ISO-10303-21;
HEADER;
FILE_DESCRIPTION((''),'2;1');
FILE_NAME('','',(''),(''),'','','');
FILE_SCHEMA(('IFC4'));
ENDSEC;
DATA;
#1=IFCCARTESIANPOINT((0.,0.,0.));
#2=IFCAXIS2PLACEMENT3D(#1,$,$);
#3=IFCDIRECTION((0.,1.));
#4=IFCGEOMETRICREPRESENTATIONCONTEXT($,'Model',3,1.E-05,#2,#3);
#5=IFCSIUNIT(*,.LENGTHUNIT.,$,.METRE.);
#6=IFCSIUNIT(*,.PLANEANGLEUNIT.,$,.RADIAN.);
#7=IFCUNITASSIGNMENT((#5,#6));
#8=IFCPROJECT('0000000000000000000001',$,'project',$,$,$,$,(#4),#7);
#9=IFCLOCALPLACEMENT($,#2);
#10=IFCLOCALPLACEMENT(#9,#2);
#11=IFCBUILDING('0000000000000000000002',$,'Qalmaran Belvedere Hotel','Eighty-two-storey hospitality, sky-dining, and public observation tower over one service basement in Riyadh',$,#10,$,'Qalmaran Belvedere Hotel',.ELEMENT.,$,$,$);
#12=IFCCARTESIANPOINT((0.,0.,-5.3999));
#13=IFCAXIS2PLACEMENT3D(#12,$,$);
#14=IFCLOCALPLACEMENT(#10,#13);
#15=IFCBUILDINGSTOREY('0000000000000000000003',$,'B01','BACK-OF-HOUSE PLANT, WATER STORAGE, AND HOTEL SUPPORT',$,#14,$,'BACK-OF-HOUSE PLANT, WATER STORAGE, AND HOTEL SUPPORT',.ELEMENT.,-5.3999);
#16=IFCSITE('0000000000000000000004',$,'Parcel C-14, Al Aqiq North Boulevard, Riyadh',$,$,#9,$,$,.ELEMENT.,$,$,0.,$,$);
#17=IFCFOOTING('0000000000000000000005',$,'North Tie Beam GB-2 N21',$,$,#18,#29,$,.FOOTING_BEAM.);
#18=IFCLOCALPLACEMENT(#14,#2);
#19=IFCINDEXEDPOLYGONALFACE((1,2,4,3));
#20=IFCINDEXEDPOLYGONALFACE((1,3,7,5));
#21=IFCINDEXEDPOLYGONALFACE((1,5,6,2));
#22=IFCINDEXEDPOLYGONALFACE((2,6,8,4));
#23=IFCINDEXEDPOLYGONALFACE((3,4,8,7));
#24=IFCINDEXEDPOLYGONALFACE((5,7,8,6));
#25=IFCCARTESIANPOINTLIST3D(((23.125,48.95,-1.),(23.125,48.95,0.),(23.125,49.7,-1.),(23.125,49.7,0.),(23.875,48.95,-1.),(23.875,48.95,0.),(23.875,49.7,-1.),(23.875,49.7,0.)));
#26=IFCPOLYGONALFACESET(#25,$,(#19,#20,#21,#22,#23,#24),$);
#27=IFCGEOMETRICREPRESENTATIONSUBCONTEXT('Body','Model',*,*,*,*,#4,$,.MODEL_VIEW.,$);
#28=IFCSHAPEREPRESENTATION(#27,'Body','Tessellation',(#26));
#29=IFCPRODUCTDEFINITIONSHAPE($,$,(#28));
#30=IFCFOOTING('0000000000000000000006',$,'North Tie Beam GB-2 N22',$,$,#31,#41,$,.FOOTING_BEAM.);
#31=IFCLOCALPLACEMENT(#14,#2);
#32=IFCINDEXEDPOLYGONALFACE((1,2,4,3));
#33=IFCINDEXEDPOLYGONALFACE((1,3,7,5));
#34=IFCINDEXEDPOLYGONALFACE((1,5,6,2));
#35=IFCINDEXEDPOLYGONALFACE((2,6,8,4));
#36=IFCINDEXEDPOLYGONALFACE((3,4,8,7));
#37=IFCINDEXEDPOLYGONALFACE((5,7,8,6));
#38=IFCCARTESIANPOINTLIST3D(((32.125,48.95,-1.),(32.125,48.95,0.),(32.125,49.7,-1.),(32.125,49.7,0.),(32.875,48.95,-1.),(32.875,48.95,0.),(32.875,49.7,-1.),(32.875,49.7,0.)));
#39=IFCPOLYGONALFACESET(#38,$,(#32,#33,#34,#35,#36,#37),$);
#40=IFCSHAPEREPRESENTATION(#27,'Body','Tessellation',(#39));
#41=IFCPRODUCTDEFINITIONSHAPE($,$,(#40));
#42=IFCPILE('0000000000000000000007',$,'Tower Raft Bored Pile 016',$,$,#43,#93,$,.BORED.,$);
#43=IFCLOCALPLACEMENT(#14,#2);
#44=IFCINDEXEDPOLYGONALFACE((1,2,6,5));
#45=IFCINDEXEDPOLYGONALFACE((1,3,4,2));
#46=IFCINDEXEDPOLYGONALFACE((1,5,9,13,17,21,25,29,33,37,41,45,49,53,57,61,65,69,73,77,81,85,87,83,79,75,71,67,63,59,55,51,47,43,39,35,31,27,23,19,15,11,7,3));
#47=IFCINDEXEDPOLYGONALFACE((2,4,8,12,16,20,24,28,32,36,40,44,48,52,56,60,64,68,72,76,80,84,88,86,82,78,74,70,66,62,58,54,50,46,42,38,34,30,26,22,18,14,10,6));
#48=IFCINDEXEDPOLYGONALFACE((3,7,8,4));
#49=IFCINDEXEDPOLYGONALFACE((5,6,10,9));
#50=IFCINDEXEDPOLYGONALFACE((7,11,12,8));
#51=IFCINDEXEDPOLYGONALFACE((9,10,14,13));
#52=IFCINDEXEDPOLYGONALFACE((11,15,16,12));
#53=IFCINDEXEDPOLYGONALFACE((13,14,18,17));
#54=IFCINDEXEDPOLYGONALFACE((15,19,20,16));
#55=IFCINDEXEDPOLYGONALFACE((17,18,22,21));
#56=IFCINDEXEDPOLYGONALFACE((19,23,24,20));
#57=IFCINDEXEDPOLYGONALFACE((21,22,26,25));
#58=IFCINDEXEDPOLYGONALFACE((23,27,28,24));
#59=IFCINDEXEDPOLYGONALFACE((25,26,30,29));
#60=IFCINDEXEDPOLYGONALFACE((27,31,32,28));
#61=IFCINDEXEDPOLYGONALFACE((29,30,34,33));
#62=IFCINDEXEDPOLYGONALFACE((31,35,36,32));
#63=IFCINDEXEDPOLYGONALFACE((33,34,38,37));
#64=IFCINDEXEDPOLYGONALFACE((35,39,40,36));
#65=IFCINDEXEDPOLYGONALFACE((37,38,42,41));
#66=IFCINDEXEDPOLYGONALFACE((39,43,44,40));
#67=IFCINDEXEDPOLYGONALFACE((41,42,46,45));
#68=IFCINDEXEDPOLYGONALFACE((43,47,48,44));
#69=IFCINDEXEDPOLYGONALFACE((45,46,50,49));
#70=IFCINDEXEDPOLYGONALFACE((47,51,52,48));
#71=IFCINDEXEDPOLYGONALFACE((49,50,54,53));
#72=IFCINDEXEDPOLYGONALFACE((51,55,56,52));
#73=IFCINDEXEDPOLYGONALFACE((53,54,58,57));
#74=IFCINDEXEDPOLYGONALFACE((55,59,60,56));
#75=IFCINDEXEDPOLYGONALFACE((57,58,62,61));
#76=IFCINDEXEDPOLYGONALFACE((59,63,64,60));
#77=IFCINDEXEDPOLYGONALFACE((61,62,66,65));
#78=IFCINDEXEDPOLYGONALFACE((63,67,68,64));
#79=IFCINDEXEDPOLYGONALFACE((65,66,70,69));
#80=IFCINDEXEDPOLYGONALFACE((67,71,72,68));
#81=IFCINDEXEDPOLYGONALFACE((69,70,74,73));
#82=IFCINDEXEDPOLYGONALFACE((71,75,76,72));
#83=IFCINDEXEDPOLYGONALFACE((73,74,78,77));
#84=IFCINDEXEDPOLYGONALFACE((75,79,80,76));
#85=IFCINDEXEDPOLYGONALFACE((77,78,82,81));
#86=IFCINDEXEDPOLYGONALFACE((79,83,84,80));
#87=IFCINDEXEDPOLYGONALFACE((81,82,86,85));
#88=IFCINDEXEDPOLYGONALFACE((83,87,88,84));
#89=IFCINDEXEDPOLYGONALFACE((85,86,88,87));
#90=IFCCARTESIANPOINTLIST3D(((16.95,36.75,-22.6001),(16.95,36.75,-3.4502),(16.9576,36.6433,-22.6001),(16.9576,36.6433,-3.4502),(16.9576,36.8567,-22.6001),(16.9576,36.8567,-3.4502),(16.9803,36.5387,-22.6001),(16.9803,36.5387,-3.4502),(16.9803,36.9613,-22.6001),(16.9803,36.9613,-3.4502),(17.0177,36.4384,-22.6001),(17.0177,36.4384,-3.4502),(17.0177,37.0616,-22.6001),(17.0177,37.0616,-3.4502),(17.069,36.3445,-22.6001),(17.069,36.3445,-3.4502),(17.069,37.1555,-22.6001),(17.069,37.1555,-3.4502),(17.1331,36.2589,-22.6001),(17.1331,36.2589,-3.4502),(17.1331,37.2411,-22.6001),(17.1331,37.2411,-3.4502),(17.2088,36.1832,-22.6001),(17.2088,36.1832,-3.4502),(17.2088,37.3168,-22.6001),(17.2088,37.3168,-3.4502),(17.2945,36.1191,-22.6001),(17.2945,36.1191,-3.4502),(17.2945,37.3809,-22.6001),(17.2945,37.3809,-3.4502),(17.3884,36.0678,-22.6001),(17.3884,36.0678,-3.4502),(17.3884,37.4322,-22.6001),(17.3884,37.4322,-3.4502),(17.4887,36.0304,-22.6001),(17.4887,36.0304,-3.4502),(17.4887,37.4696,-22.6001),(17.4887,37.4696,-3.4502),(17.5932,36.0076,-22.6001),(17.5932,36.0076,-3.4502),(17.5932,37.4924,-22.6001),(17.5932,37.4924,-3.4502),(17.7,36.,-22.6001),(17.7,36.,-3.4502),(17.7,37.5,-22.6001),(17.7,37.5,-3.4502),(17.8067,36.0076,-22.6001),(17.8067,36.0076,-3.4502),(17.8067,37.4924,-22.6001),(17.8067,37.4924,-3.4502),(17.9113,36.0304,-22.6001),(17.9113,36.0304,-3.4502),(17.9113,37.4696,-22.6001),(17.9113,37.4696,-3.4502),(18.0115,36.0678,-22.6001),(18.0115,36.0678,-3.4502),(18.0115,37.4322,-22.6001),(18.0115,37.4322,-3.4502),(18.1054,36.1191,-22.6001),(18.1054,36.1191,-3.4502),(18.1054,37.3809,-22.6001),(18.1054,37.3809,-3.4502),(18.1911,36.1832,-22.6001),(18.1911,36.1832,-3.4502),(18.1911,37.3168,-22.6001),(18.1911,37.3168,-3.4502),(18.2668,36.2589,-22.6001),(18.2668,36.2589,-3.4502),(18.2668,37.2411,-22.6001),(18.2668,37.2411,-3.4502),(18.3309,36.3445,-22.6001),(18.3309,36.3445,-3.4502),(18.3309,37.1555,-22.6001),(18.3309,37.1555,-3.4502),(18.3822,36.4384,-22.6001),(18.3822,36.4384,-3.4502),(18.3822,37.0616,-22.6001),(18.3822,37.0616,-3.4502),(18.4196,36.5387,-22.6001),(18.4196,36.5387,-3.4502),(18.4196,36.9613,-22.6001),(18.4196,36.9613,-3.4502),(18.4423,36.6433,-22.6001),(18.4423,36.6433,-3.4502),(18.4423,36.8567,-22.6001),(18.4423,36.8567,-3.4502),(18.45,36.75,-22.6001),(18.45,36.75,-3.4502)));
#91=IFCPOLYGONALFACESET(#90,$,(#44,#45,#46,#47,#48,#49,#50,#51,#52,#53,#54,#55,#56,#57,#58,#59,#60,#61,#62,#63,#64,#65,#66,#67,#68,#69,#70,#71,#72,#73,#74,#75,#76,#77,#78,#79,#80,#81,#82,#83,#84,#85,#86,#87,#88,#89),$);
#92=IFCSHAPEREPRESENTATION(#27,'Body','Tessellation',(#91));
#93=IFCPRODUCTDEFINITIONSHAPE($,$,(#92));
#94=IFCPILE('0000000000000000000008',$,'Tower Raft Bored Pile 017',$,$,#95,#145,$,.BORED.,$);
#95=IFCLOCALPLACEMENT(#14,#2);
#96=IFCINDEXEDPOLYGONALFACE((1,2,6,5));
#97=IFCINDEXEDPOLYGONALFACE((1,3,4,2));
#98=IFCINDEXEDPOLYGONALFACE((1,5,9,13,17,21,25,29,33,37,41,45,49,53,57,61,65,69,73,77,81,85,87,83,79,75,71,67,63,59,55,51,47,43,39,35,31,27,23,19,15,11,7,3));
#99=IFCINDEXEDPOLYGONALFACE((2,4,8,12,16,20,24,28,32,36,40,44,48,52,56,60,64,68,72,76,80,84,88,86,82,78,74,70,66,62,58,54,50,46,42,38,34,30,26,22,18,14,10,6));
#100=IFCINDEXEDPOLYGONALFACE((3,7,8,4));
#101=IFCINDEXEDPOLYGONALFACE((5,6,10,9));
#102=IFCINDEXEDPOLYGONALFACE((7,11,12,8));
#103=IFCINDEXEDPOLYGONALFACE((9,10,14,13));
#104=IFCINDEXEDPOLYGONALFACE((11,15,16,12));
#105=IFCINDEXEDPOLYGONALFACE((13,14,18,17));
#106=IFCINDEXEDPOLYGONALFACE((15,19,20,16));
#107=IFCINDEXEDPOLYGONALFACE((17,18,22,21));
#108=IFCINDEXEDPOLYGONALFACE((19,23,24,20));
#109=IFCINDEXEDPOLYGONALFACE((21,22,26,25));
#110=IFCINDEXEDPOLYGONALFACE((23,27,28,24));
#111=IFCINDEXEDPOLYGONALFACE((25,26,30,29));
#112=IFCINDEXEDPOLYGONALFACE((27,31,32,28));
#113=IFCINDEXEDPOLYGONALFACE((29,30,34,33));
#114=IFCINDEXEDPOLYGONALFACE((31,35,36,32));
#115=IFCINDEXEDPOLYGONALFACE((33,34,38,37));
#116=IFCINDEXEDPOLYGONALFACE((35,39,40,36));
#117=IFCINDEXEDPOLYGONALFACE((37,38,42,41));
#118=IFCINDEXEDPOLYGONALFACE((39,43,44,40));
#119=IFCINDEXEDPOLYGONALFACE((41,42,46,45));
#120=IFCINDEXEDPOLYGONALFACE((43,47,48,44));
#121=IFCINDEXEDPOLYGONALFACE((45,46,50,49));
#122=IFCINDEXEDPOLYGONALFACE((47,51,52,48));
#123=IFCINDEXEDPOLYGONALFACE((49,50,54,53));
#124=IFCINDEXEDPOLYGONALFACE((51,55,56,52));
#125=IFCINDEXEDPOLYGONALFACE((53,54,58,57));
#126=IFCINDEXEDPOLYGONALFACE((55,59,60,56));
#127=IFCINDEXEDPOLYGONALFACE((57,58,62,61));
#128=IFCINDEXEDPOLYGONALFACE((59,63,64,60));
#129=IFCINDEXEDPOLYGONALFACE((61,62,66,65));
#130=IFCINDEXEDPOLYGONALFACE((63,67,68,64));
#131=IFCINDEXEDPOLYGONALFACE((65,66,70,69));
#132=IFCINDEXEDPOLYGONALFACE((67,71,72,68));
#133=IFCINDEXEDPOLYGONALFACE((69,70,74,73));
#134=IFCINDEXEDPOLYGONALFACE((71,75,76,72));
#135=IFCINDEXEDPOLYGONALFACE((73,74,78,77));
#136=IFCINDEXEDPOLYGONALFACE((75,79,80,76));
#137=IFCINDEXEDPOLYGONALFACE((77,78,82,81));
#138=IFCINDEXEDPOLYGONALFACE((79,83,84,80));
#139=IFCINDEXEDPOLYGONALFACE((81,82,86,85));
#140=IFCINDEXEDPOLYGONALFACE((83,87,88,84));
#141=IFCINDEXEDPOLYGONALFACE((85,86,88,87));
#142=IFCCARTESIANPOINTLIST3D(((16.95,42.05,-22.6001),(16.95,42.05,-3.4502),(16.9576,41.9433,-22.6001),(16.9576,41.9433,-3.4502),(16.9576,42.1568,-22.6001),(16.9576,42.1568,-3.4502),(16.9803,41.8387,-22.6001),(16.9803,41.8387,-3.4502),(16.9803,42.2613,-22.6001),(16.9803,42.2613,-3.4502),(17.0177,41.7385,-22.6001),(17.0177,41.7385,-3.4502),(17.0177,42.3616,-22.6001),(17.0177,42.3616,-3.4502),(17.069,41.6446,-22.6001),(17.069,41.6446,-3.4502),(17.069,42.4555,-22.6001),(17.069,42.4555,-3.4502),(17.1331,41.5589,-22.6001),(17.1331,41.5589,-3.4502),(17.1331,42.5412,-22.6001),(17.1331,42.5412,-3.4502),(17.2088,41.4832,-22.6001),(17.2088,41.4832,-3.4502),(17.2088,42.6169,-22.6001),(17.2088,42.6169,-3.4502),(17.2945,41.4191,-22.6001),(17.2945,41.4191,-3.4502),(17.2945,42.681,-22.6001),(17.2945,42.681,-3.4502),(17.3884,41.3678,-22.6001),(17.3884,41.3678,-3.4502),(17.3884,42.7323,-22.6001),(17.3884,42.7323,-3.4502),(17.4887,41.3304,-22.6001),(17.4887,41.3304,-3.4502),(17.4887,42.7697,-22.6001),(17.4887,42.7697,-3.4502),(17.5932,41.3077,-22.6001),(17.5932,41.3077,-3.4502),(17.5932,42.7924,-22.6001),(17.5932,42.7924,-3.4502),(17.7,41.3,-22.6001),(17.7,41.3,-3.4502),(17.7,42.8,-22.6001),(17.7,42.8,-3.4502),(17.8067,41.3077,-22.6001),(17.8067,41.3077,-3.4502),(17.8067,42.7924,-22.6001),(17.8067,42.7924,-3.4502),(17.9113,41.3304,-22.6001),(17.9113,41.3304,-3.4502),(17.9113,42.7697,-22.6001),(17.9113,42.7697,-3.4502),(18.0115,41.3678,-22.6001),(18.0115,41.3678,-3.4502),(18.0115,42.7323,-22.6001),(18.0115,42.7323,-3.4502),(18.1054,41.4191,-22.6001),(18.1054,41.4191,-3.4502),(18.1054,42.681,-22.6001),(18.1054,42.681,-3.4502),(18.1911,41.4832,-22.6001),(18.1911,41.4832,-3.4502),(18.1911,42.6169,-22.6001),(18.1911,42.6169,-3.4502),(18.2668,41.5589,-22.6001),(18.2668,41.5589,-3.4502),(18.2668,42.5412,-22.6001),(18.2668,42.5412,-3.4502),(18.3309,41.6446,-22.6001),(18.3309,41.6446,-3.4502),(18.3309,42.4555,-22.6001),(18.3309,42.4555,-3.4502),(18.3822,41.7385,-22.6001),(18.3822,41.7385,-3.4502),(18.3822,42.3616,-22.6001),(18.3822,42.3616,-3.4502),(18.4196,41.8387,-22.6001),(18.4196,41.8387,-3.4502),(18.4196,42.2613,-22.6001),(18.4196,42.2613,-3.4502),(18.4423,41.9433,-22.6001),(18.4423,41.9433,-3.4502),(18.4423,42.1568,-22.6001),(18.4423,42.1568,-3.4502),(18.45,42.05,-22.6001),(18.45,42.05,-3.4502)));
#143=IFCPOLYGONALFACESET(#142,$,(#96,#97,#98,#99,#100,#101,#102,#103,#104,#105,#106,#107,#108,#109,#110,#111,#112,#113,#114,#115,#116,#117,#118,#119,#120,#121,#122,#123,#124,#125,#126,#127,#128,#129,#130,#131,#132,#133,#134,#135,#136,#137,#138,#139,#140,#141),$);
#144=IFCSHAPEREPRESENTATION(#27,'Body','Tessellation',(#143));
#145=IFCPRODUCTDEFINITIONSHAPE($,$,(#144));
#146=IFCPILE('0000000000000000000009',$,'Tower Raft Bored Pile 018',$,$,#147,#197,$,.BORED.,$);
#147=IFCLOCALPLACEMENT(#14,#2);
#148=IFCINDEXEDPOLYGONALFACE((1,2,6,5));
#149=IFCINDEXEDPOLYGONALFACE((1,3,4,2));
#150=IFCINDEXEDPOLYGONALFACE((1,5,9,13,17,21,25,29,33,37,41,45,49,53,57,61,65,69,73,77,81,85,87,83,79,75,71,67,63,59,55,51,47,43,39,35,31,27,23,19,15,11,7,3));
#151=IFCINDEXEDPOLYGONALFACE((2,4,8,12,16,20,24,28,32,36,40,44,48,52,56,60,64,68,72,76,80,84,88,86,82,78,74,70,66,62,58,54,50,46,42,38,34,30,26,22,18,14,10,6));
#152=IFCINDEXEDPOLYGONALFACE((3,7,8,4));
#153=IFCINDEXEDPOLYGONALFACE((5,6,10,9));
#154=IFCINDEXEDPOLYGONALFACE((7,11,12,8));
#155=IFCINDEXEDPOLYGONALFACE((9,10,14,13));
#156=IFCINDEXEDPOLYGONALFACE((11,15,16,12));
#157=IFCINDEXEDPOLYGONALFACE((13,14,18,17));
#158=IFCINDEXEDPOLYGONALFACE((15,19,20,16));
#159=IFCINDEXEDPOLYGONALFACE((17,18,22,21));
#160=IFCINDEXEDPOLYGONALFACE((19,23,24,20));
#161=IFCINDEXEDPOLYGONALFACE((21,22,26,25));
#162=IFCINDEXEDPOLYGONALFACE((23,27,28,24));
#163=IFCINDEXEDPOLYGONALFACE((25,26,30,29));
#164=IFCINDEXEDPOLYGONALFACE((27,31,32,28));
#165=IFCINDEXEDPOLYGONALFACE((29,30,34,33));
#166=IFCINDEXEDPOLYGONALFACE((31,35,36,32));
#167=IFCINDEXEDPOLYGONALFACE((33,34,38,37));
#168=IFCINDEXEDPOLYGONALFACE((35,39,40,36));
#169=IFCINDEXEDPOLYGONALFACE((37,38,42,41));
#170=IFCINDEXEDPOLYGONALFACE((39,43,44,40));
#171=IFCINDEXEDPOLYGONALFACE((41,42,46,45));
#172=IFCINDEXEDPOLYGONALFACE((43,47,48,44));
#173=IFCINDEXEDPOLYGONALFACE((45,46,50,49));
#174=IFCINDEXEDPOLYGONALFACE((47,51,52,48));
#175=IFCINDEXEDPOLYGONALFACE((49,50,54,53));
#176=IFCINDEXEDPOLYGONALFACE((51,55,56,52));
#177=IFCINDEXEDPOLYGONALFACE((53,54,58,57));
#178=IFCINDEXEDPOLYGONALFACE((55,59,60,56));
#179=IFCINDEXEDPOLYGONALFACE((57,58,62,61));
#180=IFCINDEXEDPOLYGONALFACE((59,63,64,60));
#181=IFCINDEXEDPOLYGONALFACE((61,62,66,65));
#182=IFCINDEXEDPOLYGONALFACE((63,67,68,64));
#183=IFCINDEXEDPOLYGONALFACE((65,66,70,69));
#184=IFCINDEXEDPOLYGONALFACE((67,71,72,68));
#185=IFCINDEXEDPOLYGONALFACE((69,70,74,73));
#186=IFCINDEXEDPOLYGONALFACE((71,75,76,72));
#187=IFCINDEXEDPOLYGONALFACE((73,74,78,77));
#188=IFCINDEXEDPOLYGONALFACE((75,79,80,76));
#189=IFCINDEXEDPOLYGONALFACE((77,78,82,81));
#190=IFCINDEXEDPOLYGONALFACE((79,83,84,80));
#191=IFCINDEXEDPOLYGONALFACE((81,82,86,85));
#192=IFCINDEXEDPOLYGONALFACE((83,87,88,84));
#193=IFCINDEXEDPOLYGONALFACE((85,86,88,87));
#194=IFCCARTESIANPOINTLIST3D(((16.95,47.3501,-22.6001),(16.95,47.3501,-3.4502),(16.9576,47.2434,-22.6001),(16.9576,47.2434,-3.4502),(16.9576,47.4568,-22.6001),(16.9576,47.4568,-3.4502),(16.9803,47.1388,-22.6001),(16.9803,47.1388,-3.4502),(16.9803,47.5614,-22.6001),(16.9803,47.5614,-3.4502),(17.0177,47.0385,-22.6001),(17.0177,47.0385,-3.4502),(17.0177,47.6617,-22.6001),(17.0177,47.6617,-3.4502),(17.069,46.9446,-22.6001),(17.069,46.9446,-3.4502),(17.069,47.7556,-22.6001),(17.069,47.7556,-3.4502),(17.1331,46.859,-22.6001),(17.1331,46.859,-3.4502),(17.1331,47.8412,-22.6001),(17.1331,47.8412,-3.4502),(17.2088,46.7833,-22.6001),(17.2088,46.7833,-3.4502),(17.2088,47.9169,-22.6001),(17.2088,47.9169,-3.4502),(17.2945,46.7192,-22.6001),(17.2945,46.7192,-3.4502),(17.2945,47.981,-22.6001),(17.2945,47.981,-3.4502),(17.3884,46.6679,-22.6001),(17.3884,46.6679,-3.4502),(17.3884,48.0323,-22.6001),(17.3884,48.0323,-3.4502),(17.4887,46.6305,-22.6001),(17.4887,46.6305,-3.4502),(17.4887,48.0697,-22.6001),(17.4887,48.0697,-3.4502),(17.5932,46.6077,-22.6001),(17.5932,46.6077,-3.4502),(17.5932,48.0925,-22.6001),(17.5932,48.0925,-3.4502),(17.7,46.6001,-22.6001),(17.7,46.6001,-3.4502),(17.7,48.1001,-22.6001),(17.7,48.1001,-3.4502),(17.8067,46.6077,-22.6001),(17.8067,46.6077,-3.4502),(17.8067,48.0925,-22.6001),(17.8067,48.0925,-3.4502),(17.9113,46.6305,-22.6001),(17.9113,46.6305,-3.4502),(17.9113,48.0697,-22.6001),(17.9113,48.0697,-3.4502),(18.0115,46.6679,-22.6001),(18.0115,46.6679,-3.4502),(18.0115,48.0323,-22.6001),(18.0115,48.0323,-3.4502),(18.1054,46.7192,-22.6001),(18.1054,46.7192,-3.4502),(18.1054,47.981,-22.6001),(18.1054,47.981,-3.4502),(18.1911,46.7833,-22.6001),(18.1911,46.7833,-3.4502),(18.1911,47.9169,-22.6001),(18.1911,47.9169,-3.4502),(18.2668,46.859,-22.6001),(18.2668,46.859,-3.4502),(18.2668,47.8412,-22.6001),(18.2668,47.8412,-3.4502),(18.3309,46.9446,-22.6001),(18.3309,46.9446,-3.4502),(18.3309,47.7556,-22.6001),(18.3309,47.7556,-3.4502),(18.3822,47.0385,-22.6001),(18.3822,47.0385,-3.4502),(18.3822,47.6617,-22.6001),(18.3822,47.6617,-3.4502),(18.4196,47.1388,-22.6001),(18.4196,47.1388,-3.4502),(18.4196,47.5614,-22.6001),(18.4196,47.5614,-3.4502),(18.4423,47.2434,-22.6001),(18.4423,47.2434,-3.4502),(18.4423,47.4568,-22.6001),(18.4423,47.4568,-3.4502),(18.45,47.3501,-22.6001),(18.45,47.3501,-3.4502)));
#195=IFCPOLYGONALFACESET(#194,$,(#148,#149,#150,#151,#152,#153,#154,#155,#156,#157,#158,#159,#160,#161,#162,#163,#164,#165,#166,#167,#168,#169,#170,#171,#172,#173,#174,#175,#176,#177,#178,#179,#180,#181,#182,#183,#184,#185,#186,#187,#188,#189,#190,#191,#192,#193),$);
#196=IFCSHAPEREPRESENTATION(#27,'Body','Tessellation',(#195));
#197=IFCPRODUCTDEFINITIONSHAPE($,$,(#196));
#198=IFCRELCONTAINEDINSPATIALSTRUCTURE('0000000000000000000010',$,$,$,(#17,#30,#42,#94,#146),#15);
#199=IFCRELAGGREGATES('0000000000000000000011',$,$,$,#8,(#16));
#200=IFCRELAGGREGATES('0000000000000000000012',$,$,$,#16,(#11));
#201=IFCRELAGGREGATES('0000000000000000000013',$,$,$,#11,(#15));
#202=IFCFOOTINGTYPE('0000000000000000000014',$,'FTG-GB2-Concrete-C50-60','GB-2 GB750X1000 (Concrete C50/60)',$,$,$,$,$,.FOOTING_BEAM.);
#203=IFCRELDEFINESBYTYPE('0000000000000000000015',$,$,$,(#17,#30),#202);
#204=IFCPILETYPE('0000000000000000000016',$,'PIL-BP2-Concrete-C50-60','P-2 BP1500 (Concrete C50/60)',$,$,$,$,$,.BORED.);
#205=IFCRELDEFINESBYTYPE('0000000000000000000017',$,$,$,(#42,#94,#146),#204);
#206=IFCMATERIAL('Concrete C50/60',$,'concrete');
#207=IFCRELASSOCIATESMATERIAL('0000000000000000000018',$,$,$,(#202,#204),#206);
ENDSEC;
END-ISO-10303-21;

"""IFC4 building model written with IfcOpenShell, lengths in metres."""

from ifc_helpers import new_model, si_unit, direction, frame, origin, origin_2d, place, context, subcontext, project, spatial, rectangle, circle, extrude, material, material_profile, profile_set, type_object, element, save


model = new_model("IFC4")

# Units and contexts
model_context = context("Model", 3, precision=1e-05, world=origin(), true_north=direction((0.0, 1.0)))
body_context = subcontext(model_context, "Body", "Model", "MODEL_VIEW")
ifc_project = project(units=[si_unit("LENGTHUNIT", "METRE"), si_unit("PLANEANGLEUNIT", "RADIAN")], contexts=[model_context])

# Site, building, storey
site_placement = place(None, origin())
site = spatial("IfcSite", under=ifc_project, at=site_placement, Name="Parcel C-14, Al Aqiq North Boulevard, Riyadh", CompositionType="ELEMENT", RefElevation=0.0)
building_placement = place(site_placement, origin())
building = spatial("IfcBuilding", under=site, at=building_placement, Name="Qalmaran Belvedere Hotel", Description="Eighty-two-storey hospitality, sky-dining, and public observation tower over one service basement in Riyadh", LongName="Qalmaran Belvedere Hotel", CompositionType="ELEMENT")
storey_placement = place(building_placement, frame((0.0, 0.0, -5.3999)))
storey = spatial("IfcBuildingStorey", under=building, at=storey_placement, Name="B01", Description="BACK-OF-HOUSE PLANT, WATER STORAGE, AND HOTEL SUPPORT", LongName="BACK-OF-HOUSE PLANT, WATER STORAGE, AND HOTEL SUPPORT", CompositionType="ELEMENT", Elevation=-5.3999)

# Footings
ifc_material_1 = material(Name="Concrete C50/60", Category="concrete")
ifc_material_profile_1 = material_profile(ifc_material_1, rectangle(XDim=0.75, YDim=1.0, at=origin_2d()), Name="GB750X1000")
ifc_profile_set_1 = profile_set([ifc_material_profile_1], Name="Concrete C50/60")
footing_type = type_object("IfcFootingType", Name="FTG-GB2-Concrete-C50-60", Description="GB-2 GB750X1000 (Concrete C50/60)", PredefinedType="FOOTING_BEAM", material=ifc_profile_set_1)
for number, where, z_axis, x_axis, name in (
    (1, (23.5, 48.95, -0.5), (0.0, 1.0, 0.0), (-1.0, 0.0, 0.0), "North Tie Beam GB-2 N21"),
    (2, (32.5, 48.95, -0.5), (0.0, 1.0, 0.0), (-1.0, 0.0, 0.0), "North Tie Beam GB-2 N22"),
):
    element("IfcFooting", number, at=place(storey_placement, frame(where, z_axis=z_axis, x_axis=x_axis)), inside=storey, type_object=footing_type, Name=name, PredefinedType="FOOTING_BEAM", context=body_context, shape_type="SweptSolid", body=[
        extrude(rectangle(XDim=0.75, YDim=1.0, at=origin_2d()), origin(), (0.0, 0.0, 1.0), 0.75),
    ])

# Piles
ifc_material_profile_2 = material_profile(ifc_material_1, circle(Radius=0.75, at=origin_2d()), Name="BP1500")
ifc_profile_set_2 = profile_set([ifc_material_profile_2], Name="Concrete C50/60")
pile_type = type_object("IfcPileType", Name="PIL-BP2-Concrete-C50-60", Description="P-2 BP1500 (Concrete C50/60)", PredefinedType="BORED", material=ifc_profile_set_2)
for number, where, z_axis, x_axis, name in (
    (3, (17.7, 36.75, -3.4502), (0.0, 0.0, -1.0), (1.0, 0.0, 0.0), "Tower Raft Bored Pile 016"),
    (4, (17.7, 42.05, -3.4502), (0.0, 0.0, -1.0), (1.0, 0.0, 0.0), "Tower Raft Bored Pile 017"),
    (5, (17.7, 47.3501, -3.4502), (0.0, 0.0, -1.0), (1.0, 0.0, 0.0), "Tower Raft Bored Pile 018"),
):
    element("IfcPile", number, at=place(storey_placement, frame(where, z_axis=z_axis, x_axis=x_axis)), inside=storey, type_object=pile_type, Name=name, PredefinedType="BORED", context=body_context, shape_type="SweptSolid", body=[
        extrude(circle(Radius=0.75, at=origin_2d()), origin(), (0.0, 0.0, 1.0), 19.1499),
    ])

save(model, "model.ifc")
